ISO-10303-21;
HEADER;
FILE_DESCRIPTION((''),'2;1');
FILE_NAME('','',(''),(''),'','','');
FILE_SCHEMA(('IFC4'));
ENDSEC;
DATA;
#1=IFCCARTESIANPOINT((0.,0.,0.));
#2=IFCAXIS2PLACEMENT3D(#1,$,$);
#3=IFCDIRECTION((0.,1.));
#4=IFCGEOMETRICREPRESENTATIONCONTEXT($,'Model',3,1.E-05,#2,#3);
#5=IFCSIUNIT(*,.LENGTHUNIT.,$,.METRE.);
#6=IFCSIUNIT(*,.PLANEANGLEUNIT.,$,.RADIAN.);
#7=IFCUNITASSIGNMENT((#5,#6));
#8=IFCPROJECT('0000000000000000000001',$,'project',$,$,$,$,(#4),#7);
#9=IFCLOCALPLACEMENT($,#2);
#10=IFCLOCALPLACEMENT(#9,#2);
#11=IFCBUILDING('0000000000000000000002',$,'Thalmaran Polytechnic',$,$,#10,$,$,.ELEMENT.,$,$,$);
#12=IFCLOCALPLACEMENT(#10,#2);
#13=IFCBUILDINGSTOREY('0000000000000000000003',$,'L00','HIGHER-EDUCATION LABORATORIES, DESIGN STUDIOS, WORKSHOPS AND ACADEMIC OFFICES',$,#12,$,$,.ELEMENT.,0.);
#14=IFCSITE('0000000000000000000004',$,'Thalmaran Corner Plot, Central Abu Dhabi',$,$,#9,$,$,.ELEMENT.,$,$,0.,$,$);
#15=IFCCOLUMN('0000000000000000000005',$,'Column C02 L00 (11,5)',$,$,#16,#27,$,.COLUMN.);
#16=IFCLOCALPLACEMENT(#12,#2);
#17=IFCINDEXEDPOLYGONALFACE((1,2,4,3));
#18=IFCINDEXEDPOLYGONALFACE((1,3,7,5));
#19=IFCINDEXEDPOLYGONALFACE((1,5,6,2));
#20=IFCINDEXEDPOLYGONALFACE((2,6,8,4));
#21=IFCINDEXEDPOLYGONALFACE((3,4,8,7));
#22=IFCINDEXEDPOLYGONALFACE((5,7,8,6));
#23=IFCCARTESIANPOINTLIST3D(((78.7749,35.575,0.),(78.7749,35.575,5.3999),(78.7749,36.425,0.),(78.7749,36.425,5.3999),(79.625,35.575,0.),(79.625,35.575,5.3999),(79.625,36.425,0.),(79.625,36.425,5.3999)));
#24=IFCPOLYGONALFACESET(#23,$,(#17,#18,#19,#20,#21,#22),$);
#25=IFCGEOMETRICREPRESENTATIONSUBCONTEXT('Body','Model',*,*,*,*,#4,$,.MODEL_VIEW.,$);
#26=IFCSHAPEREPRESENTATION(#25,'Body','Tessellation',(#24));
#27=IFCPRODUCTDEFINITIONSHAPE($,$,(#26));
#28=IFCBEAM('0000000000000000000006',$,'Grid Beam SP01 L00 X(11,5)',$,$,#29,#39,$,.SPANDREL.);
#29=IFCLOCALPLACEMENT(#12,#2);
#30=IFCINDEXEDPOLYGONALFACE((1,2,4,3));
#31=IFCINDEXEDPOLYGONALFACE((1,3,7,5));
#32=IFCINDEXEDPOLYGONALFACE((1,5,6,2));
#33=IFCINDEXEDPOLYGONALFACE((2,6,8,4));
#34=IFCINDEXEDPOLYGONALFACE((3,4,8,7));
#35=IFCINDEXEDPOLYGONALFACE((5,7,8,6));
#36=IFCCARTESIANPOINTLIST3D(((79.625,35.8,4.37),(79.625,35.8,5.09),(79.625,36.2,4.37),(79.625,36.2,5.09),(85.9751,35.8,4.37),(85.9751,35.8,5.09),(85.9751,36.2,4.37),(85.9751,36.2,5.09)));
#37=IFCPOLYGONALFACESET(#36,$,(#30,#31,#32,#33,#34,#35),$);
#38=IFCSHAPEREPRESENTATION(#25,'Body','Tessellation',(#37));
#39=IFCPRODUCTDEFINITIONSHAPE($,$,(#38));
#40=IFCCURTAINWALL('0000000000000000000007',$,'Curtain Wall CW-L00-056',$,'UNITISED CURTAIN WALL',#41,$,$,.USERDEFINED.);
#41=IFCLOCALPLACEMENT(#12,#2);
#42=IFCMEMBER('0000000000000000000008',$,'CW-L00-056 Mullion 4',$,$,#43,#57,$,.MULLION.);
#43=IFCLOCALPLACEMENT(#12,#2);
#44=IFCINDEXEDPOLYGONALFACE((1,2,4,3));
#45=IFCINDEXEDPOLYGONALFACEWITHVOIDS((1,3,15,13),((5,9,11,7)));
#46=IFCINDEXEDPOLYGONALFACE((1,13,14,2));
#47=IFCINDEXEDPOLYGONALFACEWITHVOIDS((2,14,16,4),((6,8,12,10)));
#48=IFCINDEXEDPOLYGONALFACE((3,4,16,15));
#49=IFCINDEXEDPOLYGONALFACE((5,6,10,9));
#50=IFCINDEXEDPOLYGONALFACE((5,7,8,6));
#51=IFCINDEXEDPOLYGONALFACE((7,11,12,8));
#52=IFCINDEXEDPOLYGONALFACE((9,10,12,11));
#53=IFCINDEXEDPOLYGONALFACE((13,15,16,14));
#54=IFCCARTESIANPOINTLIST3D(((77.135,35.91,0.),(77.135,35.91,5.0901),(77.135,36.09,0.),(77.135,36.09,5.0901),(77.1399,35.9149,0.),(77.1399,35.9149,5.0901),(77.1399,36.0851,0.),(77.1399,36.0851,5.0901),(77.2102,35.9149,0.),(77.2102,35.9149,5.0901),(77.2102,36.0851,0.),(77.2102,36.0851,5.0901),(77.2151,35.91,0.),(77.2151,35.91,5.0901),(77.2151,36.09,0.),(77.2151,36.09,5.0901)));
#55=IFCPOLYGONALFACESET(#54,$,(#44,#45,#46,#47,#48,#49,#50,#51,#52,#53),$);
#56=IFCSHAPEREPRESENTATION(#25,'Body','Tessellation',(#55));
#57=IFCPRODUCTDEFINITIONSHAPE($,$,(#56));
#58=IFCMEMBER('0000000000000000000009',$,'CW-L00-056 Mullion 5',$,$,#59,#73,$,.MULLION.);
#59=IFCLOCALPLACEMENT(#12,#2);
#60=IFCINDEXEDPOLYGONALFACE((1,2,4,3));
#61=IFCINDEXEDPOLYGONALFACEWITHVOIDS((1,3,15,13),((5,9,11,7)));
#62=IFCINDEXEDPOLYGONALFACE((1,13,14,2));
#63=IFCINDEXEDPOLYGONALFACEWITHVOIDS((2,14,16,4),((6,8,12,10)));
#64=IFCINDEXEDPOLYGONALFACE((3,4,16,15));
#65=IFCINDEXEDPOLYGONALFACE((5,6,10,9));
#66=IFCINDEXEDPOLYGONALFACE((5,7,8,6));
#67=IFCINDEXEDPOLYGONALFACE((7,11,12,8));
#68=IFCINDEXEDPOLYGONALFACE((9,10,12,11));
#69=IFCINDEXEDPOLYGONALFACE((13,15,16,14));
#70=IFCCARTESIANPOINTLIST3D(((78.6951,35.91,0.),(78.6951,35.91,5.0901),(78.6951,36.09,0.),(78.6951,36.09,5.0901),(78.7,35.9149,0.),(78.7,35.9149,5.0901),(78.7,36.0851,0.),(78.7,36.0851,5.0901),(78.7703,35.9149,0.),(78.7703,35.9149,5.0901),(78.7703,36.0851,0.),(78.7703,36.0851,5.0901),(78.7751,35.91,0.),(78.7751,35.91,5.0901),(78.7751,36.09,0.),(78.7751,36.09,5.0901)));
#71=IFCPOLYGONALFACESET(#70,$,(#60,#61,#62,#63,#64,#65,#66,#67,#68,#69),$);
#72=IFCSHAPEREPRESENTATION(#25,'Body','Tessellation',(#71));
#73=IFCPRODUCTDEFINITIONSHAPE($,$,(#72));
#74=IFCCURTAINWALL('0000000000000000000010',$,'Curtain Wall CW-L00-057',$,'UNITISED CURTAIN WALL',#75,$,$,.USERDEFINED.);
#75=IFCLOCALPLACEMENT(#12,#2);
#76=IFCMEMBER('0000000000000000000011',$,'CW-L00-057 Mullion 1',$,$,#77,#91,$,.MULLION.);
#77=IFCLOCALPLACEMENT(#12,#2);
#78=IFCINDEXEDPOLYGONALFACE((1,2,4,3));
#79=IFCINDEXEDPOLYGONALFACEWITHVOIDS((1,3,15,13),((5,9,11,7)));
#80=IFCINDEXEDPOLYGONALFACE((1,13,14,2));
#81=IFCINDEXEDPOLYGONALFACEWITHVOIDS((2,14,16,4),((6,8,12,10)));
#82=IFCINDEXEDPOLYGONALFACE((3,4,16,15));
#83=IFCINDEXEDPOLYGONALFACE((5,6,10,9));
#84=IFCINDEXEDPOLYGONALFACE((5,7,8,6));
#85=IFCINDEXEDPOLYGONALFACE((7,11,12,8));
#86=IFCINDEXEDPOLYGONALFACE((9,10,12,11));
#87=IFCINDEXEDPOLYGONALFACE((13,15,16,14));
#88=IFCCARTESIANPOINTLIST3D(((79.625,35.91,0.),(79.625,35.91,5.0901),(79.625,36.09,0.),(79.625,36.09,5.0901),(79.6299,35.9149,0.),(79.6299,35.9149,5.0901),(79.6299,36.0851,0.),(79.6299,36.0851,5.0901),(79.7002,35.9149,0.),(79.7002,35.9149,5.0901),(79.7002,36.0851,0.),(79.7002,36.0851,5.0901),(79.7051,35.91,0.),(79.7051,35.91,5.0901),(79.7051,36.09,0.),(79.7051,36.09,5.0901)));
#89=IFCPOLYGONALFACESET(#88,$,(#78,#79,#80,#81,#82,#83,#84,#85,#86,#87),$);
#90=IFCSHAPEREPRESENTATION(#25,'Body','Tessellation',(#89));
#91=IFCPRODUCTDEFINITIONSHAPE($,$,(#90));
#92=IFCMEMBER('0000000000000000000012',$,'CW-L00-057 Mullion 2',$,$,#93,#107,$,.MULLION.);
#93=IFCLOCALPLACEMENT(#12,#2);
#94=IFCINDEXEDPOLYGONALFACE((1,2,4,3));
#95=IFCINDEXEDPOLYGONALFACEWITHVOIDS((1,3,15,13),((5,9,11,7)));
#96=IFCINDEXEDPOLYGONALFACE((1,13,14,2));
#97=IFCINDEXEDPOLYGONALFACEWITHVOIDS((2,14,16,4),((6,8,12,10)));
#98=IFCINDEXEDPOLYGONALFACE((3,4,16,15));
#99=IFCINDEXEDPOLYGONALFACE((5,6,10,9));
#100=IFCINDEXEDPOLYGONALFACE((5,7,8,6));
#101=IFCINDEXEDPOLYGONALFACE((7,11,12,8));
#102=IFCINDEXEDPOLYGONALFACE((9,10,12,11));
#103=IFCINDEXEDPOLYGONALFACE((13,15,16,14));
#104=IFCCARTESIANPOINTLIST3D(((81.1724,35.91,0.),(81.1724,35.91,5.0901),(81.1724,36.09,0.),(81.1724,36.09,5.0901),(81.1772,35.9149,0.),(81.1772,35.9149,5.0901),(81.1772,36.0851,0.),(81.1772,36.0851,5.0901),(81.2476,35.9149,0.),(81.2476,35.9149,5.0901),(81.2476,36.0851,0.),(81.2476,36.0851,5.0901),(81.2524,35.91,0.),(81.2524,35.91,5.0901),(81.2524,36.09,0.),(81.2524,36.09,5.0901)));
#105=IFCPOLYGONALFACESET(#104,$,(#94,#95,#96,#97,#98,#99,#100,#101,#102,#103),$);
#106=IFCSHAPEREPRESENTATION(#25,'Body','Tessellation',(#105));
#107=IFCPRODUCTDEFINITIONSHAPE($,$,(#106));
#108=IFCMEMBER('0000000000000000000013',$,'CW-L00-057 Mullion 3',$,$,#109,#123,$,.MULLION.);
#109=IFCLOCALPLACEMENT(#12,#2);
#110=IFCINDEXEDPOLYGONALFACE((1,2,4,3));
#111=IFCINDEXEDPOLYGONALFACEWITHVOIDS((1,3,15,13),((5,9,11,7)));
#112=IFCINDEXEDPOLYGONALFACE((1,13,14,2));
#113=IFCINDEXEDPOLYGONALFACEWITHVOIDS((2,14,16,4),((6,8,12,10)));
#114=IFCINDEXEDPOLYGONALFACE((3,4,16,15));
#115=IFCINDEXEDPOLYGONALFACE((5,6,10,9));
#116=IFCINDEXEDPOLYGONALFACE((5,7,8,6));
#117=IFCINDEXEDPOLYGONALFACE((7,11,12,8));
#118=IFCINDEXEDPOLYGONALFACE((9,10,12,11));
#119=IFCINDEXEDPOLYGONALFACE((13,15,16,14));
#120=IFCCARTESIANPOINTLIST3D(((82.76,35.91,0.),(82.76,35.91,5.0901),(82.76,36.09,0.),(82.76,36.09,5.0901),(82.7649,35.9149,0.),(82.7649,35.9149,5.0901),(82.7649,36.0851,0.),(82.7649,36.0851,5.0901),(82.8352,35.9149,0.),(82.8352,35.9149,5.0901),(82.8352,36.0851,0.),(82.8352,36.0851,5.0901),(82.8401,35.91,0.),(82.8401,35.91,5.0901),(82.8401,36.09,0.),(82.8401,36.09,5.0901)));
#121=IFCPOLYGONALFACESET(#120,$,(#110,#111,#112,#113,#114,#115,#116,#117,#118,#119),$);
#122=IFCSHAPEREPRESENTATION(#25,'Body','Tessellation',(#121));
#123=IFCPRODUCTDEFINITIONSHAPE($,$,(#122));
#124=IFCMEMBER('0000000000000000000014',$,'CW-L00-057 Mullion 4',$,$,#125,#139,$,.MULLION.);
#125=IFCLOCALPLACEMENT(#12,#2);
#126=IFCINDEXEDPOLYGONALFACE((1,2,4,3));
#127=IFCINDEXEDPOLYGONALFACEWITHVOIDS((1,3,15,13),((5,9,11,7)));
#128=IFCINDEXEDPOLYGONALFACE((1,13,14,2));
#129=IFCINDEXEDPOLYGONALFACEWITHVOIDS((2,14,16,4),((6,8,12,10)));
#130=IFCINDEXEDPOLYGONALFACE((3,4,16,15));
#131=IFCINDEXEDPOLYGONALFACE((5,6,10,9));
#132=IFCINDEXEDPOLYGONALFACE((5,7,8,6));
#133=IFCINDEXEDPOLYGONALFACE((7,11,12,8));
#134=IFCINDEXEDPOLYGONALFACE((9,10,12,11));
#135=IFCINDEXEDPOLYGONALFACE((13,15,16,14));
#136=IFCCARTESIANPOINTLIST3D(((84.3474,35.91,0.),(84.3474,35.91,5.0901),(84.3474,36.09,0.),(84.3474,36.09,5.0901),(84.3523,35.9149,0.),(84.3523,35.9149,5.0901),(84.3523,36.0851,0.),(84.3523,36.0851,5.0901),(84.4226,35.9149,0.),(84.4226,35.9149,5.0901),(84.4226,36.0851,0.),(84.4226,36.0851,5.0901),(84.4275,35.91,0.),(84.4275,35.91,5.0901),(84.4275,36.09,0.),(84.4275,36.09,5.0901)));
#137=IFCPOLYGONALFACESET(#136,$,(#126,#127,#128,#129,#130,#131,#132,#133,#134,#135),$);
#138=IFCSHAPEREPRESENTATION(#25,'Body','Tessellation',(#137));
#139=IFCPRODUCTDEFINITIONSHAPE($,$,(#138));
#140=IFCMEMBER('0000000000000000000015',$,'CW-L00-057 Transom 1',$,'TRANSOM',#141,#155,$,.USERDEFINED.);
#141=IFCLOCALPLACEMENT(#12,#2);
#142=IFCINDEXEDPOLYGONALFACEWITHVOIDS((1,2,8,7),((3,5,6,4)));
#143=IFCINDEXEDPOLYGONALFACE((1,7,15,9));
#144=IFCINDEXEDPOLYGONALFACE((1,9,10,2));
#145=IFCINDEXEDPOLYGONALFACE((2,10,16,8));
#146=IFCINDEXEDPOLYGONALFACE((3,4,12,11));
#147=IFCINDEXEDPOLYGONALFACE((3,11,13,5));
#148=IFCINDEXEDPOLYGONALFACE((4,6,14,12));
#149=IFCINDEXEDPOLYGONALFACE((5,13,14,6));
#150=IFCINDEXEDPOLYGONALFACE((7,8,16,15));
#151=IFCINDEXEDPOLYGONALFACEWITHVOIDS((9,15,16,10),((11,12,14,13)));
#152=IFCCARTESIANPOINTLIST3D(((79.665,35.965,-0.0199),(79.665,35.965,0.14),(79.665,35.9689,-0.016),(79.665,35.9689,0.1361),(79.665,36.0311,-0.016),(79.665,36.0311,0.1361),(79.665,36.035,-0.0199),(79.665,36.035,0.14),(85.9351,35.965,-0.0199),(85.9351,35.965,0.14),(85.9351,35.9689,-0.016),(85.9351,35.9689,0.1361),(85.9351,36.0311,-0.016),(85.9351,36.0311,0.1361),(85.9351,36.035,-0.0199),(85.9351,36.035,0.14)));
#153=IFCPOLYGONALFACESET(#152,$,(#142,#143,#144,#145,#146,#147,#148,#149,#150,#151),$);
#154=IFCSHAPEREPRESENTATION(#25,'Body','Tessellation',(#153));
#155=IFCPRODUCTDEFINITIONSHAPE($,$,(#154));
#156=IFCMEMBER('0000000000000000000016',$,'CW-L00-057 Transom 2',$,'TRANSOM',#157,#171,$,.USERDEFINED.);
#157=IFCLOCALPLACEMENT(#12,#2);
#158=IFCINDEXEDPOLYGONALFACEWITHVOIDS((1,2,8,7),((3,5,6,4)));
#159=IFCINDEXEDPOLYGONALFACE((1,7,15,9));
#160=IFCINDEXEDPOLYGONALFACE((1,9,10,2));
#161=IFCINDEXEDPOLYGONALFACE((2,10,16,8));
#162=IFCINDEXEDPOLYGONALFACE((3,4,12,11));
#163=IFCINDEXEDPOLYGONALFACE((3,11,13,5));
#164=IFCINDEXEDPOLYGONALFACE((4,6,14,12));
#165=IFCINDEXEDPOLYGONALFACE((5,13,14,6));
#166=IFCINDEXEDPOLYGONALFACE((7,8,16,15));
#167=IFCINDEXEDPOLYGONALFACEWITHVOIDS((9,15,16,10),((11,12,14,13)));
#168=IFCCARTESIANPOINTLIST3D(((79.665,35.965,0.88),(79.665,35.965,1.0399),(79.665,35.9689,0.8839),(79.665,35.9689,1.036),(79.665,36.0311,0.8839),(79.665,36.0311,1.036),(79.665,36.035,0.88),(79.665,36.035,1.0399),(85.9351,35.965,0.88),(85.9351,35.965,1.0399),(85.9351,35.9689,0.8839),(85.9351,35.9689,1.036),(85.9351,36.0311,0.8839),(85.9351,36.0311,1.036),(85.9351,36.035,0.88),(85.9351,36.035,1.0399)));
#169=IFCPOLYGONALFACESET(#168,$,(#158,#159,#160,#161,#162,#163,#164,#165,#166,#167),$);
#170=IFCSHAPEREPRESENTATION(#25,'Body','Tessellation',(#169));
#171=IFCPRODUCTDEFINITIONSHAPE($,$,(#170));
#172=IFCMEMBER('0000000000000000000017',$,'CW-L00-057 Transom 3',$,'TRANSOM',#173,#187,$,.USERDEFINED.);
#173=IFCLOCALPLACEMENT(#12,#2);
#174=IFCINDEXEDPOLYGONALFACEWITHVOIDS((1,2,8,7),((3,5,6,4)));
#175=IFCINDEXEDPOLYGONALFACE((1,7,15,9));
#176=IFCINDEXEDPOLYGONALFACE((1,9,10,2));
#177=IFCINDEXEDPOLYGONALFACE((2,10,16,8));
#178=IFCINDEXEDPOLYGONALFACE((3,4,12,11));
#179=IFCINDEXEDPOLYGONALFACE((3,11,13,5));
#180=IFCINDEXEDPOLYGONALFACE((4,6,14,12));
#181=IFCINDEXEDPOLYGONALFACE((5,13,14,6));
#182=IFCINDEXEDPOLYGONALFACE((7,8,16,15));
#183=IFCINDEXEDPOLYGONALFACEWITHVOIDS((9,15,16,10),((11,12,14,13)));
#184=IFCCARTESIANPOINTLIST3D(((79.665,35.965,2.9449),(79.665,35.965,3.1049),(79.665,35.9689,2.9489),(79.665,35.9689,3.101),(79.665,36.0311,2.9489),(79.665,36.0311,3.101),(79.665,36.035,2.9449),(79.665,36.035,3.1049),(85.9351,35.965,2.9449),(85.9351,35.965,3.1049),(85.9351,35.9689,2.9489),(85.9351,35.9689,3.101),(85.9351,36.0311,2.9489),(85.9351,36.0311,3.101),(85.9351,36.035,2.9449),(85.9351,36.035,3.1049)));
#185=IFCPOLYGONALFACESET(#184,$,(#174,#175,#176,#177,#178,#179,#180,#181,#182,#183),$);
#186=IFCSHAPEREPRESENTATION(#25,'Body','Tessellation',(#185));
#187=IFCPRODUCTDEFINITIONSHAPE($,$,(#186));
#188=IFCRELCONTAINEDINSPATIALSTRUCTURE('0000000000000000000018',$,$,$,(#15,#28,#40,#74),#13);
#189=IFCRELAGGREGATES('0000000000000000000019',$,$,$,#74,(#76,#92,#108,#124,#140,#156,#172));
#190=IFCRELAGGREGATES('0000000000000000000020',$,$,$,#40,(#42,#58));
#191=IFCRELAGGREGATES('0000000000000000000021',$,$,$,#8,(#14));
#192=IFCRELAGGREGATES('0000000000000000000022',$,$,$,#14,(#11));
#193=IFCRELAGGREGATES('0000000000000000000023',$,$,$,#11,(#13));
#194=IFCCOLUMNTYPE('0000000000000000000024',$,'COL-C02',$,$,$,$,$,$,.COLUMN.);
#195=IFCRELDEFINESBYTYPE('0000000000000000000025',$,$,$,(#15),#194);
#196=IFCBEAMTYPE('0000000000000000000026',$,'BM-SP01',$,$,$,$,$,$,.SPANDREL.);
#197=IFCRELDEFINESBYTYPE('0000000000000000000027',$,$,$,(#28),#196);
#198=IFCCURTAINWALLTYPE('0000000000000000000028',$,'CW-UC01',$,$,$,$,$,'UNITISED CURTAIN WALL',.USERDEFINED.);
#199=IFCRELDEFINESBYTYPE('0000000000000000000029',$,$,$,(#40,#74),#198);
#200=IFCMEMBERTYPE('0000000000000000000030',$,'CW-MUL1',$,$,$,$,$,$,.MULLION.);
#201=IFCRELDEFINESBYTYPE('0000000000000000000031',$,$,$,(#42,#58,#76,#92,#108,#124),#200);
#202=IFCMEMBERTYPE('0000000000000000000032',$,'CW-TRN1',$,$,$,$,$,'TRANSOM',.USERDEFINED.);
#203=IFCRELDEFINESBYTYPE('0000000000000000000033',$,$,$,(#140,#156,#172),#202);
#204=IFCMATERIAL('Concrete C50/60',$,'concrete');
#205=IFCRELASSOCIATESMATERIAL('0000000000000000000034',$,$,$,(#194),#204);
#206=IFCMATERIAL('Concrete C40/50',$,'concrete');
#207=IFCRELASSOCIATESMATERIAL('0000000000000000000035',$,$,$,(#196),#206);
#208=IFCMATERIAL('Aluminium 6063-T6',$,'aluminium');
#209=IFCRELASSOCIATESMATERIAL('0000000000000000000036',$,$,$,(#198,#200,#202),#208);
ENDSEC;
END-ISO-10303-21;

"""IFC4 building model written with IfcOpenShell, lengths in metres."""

from ifc_helpers import new_model, si_unit, direction, frame, origin, origin_2d, place, context, subcontext, project, spatial, rectangle, hollow_rectangle, extrude, material, material_profile, profile_set, type_object, element, aggregate, save


model = new_model("IFC4")

# Units and contexts
model_context = context("Model", 3, precision=1e-05, world=origin(), true_north=direction((0.0, 1.0)))
body_context = subcontext(model_context, "Body", "Model", "MODEL_VIEW")
ifc_project = project(units=[si_unit("LENGTHUNIT", "METRE"), si_unit("PLANEANGLEUNIT", "RADIAN")], contexts=[model_context])

# Site, building, storey
site_placement = place(None, origin())
site = spatial("IfcSite", under=ifc_project, at=site_placement, Name="Thalmaran Corner Plot, Central Abu Dhabi", CompositionType="ELEMENT", RefElevation=0.0)
building_placement = place(site_placement, origin())
building = spatial("IfcBuilding", under=site, at=building_placement, Name="Thalmaran Polytechnic", CompositionType="ELEMENT")
storey_placement = place(building_placement, origin())
storey = spatial("IfcBuildingStorey", under=building, at=storey_placement, Name="L00", Description="HIGHER-EDUCATION LABORATORIES, DESIGN STUDIOS, WORKSHOPS AND ACADEMIC OFFICES", CompositionType="ELEMENT", Elevation=0.0)

# Column
ifc_material_1 = material(Name="Concrete C50/60", Category="concrete")
ifc_material_profile_1 = material_profile(ifc_material_1, rectangle(XDim=0.8501, YDim=0.8501, at=origin_2d()), Name="RC 850x850")
ifc_profile_set_1 = profile_set([ifc_material_profile_1], Name="Concrete C50/60")
column_type = type_object("IfcColumnType", Name="COL-C02", PredefinedType="COLUMN", material=ifc_profile_set_1)
column_placement = place(storey_placement, frame((79.2, 36.0, 0.0), z_axis=(0.0, 0.0, 1.0), x_axis=(1.0, 0.0, 0.0)))
element("IfcColumn", 1, at=column_placement, inside=storey, type_object=column_type, Name="Column C02 L00 (11,5)", PredefinedType="COLUMN", context=body_context, shape_type="SweptSolid", body=[
    extrude(rectangle(XDim=0.8501, YDim=0.8501, at=origin_2d()), origin(), (0.0, 0.0, 1.0), 5.3999),
])

# Beam
ifc_material_2 = material(Name="Concrete C40/50", Category="concrete")
ifc_material_profile_2 = material_profile(ifc_material_2, rectangle(XDim=0.3999, YDim=0.72, at=origin_2d()), Name="RC 400x720")
ifc_profile_set_2 = profile_set([ifc_material_profile_2], Name="Concrete C40/50")
beam_type = type_object("IfcBeamType", Name="BM-SP01", PredefinedType="SPANDREL", material=ifc_profile_set_2)
beam_placement = place(storey_placement, frame((79.625, 36.0, 4.73), z_axis=(1.0, 0.0, 0.0), x_axis=(0.0, 1.0, 0.0)))
element("IfcBeam", 2, at=beam_placement, inside=storey, type_object=beam_type, Name="Grid Beam SP01 L00 X(11,5)", PredefinedType="SPANDREL", context=body_context, shape_type="SweptSolid", body=[
    extrude(rectangle(XDim=0.3999, YDim=0.72, at=origin_2d()), origin(), (0.0, 0.0, 1.0), 6.3501),
])

# Curtain walls, members
ifc_material_3 = material(Name="Aluminium 6063-T6", Category="aluminium")
curtain_wall_type = type_object("IfcCurtainWallType", Name="CW-UC01", ElementType="UNITISED CURTAIN WALL", PredefinedType="USERDEFINED", material=ifc_material_3)
curtain_wall_1_placement = place(storey_placement, origin())
curtain_wall_1 = element("IfcCurtainWall", 3, at=curtain_wall_1_placement, inside=storey, type_object=curtain_wall_type, Name="Curtain Wall CW-L00-056", ObjectType="UNITISED CURTAIN WALL", PredefinedType="USERDEFINED")
ifc_material_profile_3 = material_profile(ifc_material_3, hollow_rectangle(XDim=0.0801, YDim=0.1799, WallThickness=0.0049, at=origin_2d()), Name="RHS 180x80x5.0")
ifc_profile_set_3 = profile_set([ifc_material_profile_3], Name="Aluminium 6063-T6")
member_type_1 = type_object("IfcMemberType", Name="CW-MUL1", PredefinedType="MULLION", material=ifc_profile_set_3)
member_1_placement = place(storey_placement, frame((77.175, 36.0, 0.0), z_axis=(0.0, 0.0, 1.0), x_axis=(1.0, 0.0, 0.0)))
member_1 = element("IfcMember", 4, at=member_1_placement, type_object=member_type_1, Name="CW-L00-056 Mullion 4", PredefinedType="MULLION", context=body_context, shape_type="SweptSolid", body=[
    extrude(hollow_rectangle(XDim=0.0801, YDim=0.1799, WallThickness=0.0049, at=origin_2d()), origin(), (0.0, 0.0, 1.0), 5.0901),
])
member_2_placement = place(storey_placement, frame((78.7351, 36.0, 0.0), z_axis=(0.0, 0.0, 1.0), x_axis=(1.0, 0.0, 0.0)))
member_2 = element("IfcMember", 5, at=member_2_placement, type_object=member_type_1, Name="CW-L00-056 Mullion 5", PredefinedType="MULLION", context=body_context, shape_type="SweptSolid", body=[
    extrude(hollow_rectangle(XDim=0.0801, YDim=0.1799, WallThickness=0.0049, at=origin_2d()), origin(), (0.0, 0.0, 1.0), 5.0901),
])
curtain_wall_2_placement = place(storey_placement, origin())
curtain_wall_2 = element("IfcCurtainWall", 6, at=curtain_wall_2_placement, inside=storey, type_object=curtain_wall_type, Name="Curtain Wall CW-L00-057", ObjectType="UNITISED CURTAIN WALL", PredefinedType="USERDEFINED")
member_3_placement = place(storey_placement, frame((79.665, 36.0, 0.0), z_axis=(0.0, 0.0, 1.0), x_axis=(1.0, 0.0, 0.0)))
member_3 = element("IfcMember", 7, at=member_3_placement, type_object=member_type_1, Name="CW-L00-057 Mullion 1", PredefinedType="MULLION", context=body_context, shape_type="SweptSolid", body=[
    extrude(hollow_rectangle(XDim=0.0801, YDim=0.1799, WallThickness=0.0049, at=origin_2d()), origin(), (0.0, 0.0, 1.0), 5.0901),
])
member_4_placement = place(storey_placement, frame((81.2124, 36.0, 0.0), z_axis=(0.0, 0.0, 1.0), x_axis=(1.0, 0.0, 0.0)))
member_4 = element("IfcMember", 8, at=member_4_placement, type_object=member_type_1, Name="CW-L00-057 Mullion 2", PredefinedType="MULLION", context=body_context, shape_type="SweptSolid", body=[
    extrude(hollow_rectangle(XDim=0.0801, YDim=0.1799, WallThickness=0.0049, at=origin_2d()), origin(), (0.0, 0.0, 1.0), 5.0901),
])
member_5_placement = place(storey_placement, frame((82.8, 36.0, 0.0), z_axis=(0.0, 0.0, 1.0), x_axis=(1.0, 0.0, 0.0)))
member_5 = element("IfcMember", 9, at=member_5_placement, type_object=member_type_1, Name="CW-L00-057 Mullion 3", PredefinedType="MULLION", context=body_context, shape_type="SweptSolid", body=[
    extrude(hollow_rectangle(XDim=0.0801, YDim=0.1799, WallThickness=0.0049, at=origin_2d()), origin(), (0.0, 0.0, 1.0), 5.0901),
])
member_6_placement = place(storey_placement, frame((84.3875, 36.0, 0.0), z_axis=(0.0, 0.0, 1.0), x_axis=(1.0, 0.0, 0.0)))
member_6 = element("IfcMember", 10, at=member_6_placement, type_object=member_type_1, Name="CW-L00-057 Mullion 4", PredefinedType="MULLION", context=body_context, shape_type="SweptSolid", body=[
    extrude(hollow_rectangle(XDim=0.0801, YDim=0.1799, WallThickness=0.0049, at=origin_2d()), origin(), (0.0, 0.0, 1.0), 5.0901),
])
ifc_material_profile_4 = material_profile(ifc_material_3, hollow_rectangle(XDim=0.0701, YDim=0.1599, WallThickness=0.0039, at=origin_2d()), Name="AL 160x70x4.0")
ifc_profile_set_4 = profile_set([ifc_material_profile_4], Name="Aluminium 6063-T6")
member_type_2 = type_object("IfcMemberType", Name="CW-TRN1", ElementType="TRANSOM", PredefinedType="USERDEFINED", material=ifc_profile_set_4)
member_7_placement = place(storey_placement, frame((79.665, 36.0, 0.0601), z_axis=(1.0, 0.0, 0.0), x_axis=(0.0, 1.0, 0.0)))
member_7 = element("IfcMember", 11, at=member_7_placement, type_object=member_type_2, Name="CW-L00-057 Transom 1", ObjectType="TRANSOM", PredefinedType="USERDEFINED", context=body_context, shape_type="SweptSolid", body=[
    extrude(hollow_rectangle(XDim=0.0701, YDim=0.1599, WallThickness=0.0039, at=origin_2d()), origin(), (0.0, 0.0, 1.0), 6.27),
])
member_8_placement = place(storey_placement, frame((79.665, 36.0, 0.96), z_axis=(1.0, 0.0, 0.0), x_axis=(0.0, 1.0, 0.0)))
member_8 = element("IfcMember", 12, at=member_8_placement, type_object=member_type_2, Name="CW-L00-057 Transom 2", ObjectType="TRANSOM", PredefinedType="USERDEFINED", context=body_context, shape_type="SweptSolid", body=[
    extrude(hollow_rectangle(XDim=0.0701, YDim=0.1599, WallThickness=0.0039, at=origin_2d()), origin(), (0.0, 0.0, 1.0), 6.27),
])
member_9_placement = place(storey_placement, frame((79.665, 36.0, 3.0249), z_axis=(1.0, 0.0, 0.0), x_axis=(0.0, 1.0, 0.0)))
member_9 = element("IfcMember", 13, at=member_9_placement, type_object=member_type_2, Name="CW-L00-057 Transom 3", ObjectType="TRANSOM", PredefinedType="USERDEFINED", context=body_context, shape_type="SweptSolid", body=[
    extrude(hollow_rectangle(XDim=0.0701, YDim=0.1599, WallThickness=0.0039, at=origin_2d()), origin(), (0.0, 0.0, 1.0), 6.27),
])

aggregate(curtain_wall_2, [member_3, member_4, member_5, member_6, member_7, member_8, member_9])
aggregate(curtain_wall_1, [member_1, member_2])

save(model, "model.ifc")
